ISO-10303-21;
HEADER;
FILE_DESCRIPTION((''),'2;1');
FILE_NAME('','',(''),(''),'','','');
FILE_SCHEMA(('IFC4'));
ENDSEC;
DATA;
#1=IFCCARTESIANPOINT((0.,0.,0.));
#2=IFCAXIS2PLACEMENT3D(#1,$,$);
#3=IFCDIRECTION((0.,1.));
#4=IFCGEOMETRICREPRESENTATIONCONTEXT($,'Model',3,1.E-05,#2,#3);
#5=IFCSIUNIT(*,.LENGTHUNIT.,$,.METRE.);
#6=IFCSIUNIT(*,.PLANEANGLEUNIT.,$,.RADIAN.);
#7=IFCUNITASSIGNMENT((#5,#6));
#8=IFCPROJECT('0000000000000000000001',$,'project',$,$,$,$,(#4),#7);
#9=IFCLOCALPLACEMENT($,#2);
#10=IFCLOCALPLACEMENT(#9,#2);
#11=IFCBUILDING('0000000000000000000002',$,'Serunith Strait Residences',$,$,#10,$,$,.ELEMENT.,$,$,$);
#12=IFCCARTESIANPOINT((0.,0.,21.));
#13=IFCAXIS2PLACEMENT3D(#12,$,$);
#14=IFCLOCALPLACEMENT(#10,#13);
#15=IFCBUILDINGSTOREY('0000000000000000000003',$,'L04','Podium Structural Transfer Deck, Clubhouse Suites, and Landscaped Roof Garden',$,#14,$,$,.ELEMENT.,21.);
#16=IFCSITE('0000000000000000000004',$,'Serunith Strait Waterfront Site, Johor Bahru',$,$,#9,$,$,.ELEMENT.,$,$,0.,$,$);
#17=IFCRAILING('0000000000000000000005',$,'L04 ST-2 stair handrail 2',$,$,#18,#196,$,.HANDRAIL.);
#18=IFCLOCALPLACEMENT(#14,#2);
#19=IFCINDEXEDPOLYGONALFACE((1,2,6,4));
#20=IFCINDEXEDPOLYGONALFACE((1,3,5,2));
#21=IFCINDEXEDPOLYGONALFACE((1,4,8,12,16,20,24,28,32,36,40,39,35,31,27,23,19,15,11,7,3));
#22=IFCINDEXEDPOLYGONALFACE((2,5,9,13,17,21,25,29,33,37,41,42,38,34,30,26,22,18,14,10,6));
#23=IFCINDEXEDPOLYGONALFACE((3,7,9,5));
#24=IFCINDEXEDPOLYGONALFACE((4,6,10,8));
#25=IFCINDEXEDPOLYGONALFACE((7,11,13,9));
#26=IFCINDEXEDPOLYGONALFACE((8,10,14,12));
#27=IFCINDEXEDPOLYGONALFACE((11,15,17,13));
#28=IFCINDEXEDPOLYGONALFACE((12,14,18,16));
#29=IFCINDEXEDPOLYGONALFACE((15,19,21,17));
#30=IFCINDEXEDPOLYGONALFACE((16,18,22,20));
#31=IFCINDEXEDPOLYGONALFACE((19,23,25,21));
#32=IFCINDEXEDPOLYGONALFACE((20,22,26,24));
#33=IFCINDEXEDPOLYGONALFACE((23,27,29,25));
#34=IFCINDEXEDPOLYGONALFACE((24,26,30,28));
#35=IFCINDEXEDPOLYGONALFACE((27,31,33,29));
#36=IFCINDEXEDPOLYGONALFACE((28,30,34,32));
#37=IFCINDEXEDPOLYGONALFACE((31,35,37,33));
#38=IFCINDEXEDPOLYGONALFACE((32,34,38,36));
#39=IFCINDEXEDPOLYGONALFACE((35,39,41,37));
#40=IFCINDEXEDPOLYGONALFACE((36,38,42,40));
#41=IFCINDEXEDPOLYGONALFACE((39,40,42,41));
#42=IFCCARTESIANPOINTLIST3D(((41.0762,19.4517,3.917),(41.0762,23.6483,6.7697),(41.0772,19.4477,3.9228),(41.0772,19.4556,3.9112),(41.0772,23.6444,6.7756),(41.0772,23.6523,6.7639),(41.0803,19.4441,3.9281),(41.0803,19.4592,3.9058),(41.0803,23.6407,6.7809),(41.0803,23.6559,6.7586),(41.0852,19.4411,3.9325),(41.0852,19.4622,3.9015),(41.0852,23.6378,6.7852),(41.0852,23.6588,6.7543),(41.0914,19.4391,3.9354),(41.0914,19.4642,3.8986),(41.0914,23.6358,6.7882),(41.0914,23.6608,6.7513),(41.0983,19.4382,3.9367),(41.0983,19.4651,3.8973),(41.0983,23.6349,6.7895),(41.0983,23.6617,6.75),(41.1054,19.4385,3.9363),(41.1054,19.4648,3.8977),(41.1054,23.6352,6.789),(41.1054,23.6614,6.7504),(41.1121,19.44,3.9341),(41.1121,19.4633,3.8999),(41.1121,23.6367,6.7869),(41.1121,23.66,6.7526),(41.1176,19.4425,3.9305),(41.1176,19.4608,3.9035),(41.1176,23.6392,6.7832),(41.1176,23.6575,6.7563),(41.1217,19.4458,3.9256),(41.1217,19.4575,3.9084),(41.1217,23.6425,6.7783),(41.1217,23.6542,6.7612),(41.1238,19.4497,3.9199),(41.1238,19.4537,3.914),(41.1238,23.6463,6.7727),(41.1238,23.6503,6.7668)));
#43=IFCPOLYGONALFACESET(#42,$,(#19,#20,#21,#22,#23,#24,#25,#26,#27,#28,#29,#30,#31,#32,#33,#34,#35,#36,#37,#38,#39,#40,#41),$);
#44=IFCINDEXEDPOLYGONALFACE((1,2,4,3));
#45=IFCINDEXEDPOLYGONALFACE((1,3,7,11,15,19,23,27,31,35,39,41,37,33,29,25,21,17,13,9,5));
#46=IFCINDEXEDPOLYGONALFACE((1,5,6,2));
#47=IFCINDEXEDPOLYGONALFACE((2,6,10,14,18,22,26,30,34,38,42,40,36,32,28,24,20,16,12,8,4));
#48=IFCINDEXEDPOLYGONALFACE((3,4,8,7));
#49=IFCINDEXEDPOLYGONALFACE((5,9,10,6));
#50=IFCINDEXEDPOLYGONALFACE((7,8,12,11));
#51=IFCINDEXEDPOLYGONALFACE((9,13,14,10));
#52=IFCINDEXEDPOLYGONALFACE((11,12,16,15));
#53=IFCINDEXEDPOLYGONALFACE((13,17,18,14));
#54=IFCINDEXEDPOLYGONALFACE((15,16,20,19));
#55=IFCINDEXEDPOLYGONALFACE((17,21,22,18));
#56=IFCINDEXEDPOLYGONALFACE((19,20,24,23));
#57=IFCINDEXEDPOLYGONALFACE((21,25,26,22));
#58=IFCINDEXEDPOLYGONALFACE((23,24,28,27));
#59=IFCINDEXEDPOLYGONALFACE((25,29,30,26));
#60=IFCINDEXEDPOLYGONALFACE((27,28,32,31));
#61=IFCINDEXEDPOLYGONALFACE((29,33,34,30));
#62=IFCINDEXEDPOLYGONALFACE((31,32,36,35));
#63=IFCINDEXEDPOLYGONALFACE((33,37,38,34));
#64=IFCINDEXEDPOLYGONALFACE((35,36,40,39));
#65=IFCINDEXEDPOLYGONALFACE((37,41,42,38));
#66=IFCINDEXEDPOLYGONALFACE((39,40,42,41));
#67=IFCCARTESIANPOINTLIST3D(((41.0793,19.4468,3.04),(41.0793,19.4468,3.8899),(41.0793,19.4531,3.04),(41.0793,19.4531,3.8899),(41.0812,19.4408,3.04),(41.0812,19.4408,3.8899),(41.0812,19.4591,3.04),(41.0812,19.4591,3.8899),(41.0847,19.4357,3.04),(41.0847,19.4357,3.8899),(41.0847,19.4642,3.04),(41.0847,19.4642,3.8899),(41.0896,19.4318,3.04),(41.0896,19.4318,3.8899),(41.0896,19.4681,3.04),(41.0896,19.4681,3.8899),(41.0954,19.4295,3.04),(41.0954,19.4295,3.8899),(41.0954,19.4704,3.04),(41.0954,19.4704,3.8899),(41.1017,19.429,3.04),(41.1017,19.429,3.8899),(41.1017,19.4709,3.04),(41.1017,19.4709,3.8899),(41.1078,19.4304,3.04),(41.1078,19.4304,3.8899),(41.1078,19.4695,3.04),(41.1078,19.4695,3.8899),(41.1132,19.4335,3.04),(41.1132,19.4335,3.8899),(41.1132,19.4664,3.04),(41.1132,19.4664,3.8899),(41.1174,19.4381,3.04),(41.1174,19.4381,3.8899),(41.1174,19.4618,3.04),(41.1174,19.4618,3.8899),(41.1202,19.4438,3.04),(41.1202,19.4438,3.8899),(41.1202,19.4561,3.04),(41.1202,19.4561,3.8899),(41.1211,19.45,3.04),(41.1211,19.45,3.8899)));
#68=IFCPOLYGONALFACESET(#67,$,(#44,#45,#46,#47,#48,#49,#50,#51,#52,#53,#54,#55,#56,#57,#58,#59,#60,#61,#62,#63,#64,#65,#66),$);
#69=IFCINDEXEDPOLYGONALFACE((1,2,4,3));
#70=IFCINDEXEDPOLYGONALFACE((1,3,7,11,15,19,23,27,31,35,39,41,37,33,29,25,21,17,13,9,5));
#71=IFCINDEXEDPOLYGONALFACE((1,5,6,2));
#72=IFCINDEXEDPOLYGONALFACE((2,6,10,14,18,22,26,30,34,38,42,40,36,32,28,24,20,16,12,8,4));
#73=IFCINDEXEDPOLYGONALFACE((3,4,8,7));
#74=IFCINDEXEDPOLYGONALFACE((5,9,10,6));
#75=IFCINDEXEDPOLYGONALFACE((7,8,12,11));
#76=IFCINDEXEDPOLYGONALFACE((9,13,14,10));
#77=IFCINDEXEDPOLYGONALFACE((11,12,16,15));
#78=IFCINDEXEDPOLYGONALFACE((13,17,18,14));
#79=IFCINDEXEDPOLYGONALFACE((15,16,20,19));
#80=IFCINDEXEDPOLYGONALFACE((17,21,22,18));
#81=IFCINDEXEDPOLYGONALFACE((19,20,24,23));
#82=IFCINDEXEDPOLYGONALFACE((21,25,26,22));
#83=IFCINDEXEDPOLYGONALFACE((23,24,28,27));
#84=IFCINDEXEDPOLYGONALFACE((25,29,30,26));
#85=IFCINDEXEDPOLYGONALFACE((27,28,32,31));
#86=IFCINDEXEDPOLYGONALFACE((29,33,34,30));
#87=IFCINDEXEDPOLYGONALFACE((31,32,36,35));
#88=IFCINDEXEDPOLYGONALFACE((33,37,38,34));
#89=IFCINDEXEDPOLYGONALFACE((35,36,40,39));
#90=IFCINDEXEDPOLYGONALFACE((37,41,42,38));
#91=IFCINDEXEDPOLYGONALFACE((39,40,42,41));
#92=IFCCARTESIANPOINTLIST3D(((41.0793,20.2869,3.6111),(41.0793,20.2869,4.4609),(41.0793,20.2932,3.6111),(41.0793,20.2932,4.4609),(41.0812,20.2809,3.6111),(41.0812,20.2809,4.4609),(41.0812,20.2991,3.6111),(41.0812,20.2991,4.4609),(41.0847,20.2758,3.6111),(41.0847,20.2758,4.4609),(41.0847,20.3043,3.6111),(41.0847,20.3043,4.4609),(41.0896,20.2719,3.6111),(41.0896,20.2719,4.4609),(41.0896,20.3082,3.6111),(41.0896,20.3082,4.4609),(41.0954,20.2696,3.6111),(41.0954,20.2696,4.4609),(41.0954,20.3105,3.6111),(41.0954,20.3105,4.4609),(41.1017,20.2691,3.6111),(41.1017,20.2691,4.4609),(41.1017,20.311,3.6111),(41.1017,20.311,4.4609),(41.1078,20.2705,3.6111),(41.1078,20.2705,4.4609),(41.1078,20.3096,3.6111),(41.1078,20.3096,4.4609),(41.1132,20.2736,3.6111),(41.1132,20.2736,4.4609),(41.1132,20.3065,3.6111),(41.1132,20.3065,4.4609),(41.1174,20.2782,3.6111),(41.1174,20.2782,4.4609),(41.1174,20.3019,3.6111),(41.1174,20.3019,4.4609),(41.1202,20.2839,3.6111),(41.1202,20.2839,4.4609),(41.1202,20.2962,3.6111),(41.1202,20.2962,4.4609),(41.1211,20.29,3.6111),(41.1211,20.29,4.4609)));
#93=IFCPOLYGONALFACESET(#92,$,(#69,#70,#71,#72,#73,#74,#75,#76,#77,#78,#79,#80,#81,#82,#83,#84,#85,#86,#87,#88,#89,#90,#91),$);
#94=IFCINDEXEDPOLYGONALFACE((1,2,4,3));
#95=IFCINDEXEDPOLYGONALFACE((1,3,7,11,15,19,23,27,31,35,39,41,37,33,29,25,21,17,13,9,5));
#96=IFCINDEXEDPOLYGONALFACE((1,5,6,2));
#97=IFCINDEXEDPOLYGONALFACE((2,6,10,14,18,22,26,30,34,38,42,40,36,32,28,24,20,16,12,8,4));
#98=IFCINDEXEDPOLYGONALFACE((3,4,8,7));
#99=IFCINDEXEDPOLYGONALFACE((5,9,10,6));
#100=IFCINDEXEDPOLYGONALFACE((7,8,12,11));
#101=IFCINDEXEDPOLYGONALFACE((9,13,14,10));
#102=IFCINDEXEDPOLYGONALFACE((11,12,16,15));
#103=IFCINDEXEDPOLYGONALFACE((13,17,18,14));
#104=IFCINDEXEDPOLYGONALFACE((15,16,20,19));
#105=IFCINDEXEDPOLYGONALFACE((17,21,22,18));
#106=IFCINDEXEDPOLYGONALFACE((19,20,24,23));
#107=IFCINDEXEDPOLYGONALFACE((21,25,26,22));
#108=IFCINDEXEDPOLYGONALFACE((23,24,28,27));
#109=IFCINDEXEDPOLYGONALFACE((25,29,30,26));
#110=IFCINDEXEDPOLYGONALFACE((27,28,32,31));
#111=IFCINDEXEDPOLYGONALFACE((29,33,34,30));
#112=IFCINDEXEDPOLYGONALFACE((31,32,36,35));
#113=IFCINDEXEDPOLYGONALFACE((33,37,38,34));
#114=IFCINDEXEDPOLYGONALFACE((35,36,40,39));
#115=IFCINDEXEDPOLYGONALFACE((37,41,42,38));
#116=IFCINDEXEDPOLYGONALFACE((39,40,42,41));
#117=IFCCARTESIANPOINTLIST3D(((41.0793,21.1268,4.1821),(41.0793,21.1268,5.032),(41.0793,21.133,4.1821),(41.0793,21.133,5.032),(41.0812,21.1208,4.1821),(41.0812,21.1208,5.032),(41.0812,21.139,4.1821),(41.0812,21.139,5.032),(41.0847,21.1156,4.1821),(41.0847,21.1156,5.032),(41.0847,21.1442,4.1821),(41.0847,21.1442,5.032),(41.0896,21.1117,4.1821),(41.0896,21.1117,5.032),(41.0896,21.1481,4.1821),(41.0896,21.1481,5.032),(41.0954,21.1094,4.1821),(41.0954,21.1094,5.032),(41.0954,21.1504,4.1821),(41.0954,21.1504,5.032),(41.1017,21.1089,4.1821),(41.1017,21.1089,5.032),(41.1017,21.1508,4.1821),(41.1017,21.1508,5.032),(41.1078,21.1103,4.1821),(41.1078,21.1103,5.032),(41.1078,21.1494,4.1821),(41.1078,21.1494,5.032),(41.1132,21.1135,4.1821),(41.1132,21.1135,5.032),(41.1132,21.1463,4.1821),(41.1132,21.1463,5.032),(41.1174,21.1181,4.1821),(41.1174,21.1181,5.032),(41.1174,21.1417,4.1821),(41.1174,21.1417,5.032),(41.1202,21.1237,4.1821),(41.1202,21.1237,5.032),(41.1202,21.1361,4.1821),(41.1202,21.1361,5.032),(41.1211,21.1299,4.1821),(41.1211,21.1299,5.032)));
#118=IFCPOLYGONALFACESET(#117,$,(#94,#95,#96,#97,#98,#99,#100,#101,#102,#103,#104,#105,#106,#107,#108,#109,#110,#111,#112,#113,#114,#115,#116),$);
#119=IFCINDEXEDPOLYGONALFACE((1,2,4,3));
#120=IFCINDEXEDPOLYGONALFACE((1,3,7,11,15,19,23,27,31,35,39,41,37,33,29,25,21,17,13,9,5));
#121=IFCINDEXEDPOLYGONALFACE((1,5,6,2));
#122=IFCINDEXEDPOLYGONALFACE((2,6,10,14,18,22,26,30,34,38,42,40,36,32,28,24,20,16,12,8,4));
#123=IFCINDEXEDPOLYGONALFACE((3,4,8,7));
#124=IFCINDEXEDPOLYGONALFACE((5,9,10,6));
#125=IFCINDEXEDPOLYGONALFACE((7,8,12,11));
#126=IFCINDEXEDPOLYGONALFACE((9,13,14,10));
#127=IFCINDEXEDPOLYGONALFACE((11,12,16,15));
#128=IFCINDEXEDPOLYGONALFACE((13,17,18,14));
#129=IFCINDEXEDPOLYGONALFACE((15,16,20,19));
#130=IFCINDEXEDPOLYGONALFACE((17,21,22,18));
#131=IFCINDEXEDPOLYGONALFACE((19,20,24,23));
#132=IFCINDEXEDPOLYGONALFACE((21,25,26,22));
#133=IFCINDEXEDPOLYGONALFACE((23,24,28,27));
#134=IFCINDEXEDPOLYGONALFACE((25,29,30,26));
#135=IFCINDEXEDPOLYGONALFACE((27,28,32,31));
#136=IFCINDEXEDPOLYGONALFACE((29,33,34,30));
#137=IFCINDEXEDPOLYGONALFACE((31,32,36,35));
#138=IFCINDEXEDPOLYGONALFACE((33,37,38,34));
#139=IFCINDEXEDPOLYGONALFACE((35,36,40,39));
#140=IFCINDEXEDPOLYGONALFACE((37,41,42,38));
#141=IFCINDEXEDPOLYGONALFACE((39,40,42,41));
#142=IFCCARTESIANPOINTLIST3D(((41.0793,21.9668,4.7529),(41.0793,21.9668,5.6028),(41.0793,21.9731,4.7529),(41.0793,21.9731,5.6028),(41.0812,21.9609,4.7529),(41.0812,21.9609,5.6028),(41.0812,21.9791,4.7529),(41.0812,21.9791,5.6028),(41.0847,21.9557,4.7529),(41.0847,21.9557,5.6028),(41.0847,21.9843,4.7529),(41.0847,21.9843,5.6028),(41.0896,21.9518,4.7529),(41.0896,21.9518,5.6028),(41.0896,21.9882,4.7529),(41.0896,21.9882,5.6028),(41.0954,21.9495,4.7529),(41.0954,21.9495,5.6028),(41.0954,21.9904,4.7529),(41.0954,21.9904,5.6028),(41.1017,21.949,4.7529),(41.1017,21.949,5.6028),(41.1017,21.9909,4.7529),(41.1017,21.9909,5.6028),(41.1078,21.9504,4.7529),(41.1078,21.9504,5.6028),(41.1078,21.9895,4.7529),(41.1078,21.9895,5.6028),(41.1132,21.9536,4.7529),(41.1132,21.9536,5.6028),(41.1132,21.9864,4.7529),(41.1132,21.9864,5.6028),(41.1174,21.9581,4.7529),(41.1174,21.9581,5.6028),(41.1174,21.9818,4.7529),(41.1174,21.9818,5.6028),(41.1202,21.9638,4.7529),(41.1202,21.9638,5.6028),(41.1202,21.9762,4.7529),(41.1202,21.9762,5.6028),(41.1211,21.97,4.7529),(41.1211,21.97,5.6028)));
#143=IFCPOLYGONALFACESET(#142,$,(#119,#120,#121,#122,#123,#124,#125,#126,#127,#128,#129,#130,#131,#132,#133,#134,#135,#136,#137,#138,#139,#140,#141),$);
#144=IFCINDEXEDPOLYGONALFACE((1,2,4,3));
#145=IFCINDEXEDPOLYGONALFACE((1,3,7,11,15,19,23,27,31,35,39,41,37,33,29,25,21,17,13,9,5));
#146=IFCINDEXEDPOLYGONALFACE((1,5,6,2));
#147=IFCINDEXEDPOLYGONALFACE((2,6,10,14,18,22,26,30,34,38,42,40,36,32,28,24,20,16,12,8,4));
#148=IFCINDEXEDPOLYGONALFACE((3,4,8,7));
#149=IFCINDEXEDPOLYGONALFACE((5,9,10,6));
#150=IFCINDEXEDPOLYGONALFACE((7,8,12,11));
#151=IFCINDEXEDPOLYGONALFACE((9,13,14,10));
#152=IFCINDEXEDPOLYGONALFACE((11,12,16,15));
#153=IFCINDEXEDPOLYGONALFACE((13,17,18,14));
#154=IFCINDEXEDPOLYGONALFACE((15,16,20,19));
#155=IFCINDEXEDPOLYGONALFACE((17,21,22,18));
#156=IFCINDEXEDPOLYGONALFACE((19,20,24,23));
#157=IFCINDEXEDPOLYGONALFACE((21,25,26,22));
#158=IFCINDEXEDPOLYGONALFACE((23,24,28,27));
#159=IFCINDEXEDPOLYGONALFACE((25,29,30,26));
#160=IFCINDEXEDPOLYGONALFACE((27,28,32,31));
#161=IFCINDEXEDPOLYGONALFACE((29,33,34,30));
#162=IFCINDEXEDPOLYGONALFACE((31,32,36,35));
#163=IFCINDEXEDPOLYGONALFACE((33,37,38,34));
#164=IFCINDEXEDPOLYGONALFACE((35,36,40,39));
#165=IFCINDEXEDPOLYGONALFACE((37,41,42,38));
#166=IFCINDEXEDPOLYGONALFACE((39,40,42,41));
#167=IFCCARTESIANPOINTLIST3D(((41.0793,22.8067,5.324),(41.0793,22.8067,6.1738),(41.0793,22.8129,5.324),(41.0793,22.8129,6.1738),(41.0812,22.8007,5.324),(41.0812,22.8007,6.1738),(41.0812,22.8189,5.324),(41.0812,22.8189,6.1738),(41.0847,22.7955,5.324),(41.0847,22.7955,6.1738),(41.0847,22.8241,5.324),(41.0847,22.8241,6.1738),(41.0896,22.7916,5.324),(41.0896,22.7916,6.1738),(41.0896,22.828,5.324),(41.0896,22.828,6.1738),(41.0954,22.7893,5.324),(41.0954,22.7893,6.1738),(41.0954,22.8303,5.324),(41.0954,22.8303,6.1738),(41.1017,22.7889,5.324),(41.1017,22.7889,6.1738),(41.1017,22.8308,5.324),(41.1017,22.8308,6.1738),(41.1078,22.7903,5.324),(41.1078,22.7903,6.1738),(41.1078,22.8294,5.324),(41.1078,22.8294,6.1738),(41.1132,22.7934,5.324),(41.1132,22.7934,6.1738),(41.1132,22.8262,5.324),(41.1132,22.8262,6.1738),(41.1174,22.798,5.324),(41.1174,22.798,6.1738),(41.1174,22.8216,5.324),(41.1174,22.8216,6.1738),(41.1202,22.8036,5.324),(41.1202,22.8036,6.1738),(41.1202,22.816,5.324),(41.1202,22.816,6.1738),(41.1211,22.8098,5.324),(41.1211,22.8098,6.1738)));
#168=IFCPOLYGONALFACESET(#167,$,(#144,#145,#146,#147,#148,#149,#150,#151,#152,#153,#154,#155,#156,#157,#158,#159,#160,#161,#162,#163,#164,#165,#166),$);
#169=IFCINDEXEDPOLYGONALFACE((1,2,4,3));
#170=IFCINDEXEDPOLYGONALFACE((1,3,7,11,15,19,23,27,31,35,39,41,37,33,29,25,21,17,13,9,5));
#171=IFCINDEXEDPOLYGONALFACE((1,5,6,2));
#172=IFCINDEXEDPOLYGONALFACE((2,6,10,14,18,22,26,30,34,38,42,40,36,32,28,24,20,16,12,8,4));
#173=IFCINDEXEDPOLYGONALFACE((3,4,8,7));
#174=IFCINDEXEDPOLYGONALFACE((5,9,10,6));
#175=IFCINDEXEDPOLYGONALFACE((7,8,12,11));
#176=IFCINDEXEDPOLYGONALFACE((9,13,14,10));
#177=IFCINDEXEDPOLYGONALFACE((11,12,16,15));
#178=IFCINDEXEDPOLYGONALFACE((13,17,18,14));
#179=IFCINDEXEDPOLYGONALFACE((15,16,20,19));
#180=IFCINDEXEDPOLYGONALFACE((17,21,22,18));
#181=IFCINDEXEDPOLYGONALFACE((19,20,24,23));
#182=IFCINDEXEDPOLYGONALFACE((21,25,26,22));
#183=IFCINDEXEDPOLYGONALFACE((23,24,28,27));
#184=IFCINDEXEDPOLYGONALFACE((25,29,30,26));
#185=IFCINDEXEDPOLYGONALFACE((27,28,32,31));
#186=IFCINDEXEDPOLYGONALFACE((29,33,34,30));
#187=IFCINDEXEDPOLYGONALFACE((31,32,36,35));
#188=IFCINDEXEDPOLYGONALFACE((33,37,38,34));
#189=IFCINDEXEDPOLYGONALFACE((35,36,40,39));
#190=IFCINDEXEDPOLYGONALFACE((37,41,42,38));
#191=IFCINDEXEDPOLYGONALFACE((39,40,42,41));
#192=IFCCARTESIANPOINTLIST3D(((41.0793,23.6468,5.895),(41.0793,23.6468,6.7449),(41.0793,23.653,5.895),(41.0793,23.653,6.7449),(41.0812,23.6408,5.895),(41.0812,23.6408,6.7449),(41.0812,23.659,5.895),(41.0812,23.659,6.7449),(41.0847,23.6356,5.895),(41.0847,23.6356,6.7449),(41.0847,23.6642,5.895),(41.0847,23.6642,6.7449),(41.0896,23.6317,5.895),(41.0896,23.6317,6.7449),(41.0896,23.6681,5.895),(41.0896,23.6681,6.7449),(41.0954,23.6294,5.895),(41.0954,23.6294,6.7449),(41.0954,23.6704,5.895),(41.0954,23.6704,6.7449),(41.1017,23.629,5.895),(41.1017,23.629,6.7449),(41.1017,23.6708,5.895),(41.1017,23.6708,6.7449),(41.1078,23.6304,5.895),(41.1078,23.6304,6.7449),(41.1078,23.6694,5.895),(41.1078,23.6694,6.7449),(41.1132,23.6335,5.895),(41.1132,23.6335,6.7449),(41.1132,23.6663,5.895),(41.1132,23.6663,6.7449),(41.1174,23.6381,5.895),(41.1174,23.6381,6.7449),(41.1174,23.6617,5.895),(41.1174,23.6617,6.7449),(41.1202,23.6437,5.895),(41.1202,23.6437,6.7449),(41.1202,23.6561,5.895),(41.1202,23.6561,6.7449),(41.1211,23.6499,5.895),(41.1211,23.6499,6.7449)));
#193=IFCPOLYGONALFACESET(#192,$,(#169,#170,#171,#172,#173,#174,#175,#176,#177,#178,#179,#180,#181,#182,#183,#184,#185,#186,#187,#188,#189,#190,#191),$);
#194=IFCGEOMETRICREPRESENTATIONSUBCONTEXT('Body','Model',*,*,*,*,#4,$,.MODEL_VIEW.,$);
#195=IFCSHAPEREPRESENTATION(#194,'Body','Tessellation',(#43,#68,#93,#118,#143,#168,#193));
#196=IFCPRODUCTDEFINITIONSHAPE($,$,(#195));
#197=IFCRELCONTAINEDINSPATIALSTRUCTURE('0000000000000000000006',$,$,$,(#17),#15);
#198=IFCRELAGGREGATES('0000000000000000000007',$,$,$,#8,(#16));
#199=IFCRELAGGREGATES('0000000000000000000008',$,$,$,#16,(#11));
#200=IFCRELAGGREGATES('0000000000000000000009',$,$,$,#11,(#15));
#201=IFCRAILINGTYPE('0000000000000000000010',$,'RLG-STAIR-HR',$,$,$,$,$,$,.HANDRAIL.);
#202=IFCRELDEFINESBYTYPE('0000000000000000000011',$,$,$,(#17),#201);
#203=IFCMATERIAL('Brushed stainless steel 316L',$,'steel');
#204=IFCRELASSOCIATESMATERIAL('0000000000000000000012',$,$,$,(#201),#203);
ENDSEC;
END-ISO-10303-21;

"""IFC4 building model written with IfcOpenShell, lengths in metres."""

from ifc_helpers import new_model, si_unit, direction, frame, origin, origin_2d, place, context, subcontext, project, spatial, circle, extrude, material, type_object, element, save


model = new_model("IFC4")

# Units and contexts
model_context = context("Model", 3, precision=1e-05, world=origin(), true_north=direction((0.0, 1.0)))
body_context = subcontext(model_context, "Body", "Model", "MODEL_VIEW")
ifc_project = project(units=[si_unit("LENGTHUNIT", "METRE"), si_unit("PLANEANGLEUNIT", "RADIAN")], contexts=[model_context])

# Site, building, storey
site_placement = place(None, origin())
site = spatial("IfcSite", under=ifc_project, at=site_placement, Name="Serunith Strait Waterfront Site, Johor Bahru", CompositionType="ELEMENT", RefElevation=0.0)
building_placement = place(site_placement, origin())
building = spatial("IfcBuilding", under=site, at=building_placement, Name="Serunith Strait Residences", CompositionType="ELEMENT")
storey_placement = place(building_placement, frame((0.0, 0.0, 21.0)))
storey = spatial("IfcBuildingStorey", under=building, at=storey_placement, Name="L04", Description="Podium Structural Transfer Deck, Clubhouse Suites, and Landscaped Roof Garden", CompositionType="ELEMENT", Elevation=21.0)

# Railing
ifc_material_1 = material(Name="Brushed stainless steel 316L", Category="steel")
railing_type_1 = type_object("IfcRailingType", Name="RLG-STAIR-HR", PredefinedType="HANDRAIL", material=ifc_material_1)
railing_1_placement = place(storey_placement, frame((41.1001, 19.45, 3.04)))
element("IfcRailing", 1, at=railing_1_placement, inside=storey, type_object=railing_type_1, Name="L04 ST-2 stair handrail 2", PredefinedType="HANDRAIL", context=body_context, shape_type="SweptSolid", body=[
    extrude(circle(Radius=0.0239, at=origin_2d()), frame((0.0, 0.0017, 0.877), z_axis=(0.0, 0.827017, 0.562177), x_axis=(-1.0, 0.0, 0.0)), (0.0, 0.0, 1.0), 5.0745),
    extrude(circle(Radius=0.021, at=origin_2d()), origin(), (0.0, 0.0, 1.0), 0.8499),
    extrude(circle(Radius=0.021, at=origin_2d()), frame((0.0, 0.8401, 0.571)), (0.0, 0.0, 1.0), 0.8499),
    extrude(circle(Radius=0.021, at=origin_2d()), frame((0.0, 1.6799, 1.1421)), (0.0, 0.0, 1.0), 0.8499),
    extrude(circle(Radius=0.021, at=origin_2d()), frame((0.0, 2.52, 1.7129)), (0.0, 0.0, 1.0), 0.8499),
    extrude(circle(Radius=0.021, at=origin_2d()), frame((0.0, 3.3599, 2.2839)), (0.0, 0.0, 1.0), 0.8499),
    extrude(circle(Radius=0.021, at=origin_2d()), frame((0.0, 4.2, 2.855)), (0.0, 0.0, 1.0), 0.8499),
])

save(model, "model.ifc")
